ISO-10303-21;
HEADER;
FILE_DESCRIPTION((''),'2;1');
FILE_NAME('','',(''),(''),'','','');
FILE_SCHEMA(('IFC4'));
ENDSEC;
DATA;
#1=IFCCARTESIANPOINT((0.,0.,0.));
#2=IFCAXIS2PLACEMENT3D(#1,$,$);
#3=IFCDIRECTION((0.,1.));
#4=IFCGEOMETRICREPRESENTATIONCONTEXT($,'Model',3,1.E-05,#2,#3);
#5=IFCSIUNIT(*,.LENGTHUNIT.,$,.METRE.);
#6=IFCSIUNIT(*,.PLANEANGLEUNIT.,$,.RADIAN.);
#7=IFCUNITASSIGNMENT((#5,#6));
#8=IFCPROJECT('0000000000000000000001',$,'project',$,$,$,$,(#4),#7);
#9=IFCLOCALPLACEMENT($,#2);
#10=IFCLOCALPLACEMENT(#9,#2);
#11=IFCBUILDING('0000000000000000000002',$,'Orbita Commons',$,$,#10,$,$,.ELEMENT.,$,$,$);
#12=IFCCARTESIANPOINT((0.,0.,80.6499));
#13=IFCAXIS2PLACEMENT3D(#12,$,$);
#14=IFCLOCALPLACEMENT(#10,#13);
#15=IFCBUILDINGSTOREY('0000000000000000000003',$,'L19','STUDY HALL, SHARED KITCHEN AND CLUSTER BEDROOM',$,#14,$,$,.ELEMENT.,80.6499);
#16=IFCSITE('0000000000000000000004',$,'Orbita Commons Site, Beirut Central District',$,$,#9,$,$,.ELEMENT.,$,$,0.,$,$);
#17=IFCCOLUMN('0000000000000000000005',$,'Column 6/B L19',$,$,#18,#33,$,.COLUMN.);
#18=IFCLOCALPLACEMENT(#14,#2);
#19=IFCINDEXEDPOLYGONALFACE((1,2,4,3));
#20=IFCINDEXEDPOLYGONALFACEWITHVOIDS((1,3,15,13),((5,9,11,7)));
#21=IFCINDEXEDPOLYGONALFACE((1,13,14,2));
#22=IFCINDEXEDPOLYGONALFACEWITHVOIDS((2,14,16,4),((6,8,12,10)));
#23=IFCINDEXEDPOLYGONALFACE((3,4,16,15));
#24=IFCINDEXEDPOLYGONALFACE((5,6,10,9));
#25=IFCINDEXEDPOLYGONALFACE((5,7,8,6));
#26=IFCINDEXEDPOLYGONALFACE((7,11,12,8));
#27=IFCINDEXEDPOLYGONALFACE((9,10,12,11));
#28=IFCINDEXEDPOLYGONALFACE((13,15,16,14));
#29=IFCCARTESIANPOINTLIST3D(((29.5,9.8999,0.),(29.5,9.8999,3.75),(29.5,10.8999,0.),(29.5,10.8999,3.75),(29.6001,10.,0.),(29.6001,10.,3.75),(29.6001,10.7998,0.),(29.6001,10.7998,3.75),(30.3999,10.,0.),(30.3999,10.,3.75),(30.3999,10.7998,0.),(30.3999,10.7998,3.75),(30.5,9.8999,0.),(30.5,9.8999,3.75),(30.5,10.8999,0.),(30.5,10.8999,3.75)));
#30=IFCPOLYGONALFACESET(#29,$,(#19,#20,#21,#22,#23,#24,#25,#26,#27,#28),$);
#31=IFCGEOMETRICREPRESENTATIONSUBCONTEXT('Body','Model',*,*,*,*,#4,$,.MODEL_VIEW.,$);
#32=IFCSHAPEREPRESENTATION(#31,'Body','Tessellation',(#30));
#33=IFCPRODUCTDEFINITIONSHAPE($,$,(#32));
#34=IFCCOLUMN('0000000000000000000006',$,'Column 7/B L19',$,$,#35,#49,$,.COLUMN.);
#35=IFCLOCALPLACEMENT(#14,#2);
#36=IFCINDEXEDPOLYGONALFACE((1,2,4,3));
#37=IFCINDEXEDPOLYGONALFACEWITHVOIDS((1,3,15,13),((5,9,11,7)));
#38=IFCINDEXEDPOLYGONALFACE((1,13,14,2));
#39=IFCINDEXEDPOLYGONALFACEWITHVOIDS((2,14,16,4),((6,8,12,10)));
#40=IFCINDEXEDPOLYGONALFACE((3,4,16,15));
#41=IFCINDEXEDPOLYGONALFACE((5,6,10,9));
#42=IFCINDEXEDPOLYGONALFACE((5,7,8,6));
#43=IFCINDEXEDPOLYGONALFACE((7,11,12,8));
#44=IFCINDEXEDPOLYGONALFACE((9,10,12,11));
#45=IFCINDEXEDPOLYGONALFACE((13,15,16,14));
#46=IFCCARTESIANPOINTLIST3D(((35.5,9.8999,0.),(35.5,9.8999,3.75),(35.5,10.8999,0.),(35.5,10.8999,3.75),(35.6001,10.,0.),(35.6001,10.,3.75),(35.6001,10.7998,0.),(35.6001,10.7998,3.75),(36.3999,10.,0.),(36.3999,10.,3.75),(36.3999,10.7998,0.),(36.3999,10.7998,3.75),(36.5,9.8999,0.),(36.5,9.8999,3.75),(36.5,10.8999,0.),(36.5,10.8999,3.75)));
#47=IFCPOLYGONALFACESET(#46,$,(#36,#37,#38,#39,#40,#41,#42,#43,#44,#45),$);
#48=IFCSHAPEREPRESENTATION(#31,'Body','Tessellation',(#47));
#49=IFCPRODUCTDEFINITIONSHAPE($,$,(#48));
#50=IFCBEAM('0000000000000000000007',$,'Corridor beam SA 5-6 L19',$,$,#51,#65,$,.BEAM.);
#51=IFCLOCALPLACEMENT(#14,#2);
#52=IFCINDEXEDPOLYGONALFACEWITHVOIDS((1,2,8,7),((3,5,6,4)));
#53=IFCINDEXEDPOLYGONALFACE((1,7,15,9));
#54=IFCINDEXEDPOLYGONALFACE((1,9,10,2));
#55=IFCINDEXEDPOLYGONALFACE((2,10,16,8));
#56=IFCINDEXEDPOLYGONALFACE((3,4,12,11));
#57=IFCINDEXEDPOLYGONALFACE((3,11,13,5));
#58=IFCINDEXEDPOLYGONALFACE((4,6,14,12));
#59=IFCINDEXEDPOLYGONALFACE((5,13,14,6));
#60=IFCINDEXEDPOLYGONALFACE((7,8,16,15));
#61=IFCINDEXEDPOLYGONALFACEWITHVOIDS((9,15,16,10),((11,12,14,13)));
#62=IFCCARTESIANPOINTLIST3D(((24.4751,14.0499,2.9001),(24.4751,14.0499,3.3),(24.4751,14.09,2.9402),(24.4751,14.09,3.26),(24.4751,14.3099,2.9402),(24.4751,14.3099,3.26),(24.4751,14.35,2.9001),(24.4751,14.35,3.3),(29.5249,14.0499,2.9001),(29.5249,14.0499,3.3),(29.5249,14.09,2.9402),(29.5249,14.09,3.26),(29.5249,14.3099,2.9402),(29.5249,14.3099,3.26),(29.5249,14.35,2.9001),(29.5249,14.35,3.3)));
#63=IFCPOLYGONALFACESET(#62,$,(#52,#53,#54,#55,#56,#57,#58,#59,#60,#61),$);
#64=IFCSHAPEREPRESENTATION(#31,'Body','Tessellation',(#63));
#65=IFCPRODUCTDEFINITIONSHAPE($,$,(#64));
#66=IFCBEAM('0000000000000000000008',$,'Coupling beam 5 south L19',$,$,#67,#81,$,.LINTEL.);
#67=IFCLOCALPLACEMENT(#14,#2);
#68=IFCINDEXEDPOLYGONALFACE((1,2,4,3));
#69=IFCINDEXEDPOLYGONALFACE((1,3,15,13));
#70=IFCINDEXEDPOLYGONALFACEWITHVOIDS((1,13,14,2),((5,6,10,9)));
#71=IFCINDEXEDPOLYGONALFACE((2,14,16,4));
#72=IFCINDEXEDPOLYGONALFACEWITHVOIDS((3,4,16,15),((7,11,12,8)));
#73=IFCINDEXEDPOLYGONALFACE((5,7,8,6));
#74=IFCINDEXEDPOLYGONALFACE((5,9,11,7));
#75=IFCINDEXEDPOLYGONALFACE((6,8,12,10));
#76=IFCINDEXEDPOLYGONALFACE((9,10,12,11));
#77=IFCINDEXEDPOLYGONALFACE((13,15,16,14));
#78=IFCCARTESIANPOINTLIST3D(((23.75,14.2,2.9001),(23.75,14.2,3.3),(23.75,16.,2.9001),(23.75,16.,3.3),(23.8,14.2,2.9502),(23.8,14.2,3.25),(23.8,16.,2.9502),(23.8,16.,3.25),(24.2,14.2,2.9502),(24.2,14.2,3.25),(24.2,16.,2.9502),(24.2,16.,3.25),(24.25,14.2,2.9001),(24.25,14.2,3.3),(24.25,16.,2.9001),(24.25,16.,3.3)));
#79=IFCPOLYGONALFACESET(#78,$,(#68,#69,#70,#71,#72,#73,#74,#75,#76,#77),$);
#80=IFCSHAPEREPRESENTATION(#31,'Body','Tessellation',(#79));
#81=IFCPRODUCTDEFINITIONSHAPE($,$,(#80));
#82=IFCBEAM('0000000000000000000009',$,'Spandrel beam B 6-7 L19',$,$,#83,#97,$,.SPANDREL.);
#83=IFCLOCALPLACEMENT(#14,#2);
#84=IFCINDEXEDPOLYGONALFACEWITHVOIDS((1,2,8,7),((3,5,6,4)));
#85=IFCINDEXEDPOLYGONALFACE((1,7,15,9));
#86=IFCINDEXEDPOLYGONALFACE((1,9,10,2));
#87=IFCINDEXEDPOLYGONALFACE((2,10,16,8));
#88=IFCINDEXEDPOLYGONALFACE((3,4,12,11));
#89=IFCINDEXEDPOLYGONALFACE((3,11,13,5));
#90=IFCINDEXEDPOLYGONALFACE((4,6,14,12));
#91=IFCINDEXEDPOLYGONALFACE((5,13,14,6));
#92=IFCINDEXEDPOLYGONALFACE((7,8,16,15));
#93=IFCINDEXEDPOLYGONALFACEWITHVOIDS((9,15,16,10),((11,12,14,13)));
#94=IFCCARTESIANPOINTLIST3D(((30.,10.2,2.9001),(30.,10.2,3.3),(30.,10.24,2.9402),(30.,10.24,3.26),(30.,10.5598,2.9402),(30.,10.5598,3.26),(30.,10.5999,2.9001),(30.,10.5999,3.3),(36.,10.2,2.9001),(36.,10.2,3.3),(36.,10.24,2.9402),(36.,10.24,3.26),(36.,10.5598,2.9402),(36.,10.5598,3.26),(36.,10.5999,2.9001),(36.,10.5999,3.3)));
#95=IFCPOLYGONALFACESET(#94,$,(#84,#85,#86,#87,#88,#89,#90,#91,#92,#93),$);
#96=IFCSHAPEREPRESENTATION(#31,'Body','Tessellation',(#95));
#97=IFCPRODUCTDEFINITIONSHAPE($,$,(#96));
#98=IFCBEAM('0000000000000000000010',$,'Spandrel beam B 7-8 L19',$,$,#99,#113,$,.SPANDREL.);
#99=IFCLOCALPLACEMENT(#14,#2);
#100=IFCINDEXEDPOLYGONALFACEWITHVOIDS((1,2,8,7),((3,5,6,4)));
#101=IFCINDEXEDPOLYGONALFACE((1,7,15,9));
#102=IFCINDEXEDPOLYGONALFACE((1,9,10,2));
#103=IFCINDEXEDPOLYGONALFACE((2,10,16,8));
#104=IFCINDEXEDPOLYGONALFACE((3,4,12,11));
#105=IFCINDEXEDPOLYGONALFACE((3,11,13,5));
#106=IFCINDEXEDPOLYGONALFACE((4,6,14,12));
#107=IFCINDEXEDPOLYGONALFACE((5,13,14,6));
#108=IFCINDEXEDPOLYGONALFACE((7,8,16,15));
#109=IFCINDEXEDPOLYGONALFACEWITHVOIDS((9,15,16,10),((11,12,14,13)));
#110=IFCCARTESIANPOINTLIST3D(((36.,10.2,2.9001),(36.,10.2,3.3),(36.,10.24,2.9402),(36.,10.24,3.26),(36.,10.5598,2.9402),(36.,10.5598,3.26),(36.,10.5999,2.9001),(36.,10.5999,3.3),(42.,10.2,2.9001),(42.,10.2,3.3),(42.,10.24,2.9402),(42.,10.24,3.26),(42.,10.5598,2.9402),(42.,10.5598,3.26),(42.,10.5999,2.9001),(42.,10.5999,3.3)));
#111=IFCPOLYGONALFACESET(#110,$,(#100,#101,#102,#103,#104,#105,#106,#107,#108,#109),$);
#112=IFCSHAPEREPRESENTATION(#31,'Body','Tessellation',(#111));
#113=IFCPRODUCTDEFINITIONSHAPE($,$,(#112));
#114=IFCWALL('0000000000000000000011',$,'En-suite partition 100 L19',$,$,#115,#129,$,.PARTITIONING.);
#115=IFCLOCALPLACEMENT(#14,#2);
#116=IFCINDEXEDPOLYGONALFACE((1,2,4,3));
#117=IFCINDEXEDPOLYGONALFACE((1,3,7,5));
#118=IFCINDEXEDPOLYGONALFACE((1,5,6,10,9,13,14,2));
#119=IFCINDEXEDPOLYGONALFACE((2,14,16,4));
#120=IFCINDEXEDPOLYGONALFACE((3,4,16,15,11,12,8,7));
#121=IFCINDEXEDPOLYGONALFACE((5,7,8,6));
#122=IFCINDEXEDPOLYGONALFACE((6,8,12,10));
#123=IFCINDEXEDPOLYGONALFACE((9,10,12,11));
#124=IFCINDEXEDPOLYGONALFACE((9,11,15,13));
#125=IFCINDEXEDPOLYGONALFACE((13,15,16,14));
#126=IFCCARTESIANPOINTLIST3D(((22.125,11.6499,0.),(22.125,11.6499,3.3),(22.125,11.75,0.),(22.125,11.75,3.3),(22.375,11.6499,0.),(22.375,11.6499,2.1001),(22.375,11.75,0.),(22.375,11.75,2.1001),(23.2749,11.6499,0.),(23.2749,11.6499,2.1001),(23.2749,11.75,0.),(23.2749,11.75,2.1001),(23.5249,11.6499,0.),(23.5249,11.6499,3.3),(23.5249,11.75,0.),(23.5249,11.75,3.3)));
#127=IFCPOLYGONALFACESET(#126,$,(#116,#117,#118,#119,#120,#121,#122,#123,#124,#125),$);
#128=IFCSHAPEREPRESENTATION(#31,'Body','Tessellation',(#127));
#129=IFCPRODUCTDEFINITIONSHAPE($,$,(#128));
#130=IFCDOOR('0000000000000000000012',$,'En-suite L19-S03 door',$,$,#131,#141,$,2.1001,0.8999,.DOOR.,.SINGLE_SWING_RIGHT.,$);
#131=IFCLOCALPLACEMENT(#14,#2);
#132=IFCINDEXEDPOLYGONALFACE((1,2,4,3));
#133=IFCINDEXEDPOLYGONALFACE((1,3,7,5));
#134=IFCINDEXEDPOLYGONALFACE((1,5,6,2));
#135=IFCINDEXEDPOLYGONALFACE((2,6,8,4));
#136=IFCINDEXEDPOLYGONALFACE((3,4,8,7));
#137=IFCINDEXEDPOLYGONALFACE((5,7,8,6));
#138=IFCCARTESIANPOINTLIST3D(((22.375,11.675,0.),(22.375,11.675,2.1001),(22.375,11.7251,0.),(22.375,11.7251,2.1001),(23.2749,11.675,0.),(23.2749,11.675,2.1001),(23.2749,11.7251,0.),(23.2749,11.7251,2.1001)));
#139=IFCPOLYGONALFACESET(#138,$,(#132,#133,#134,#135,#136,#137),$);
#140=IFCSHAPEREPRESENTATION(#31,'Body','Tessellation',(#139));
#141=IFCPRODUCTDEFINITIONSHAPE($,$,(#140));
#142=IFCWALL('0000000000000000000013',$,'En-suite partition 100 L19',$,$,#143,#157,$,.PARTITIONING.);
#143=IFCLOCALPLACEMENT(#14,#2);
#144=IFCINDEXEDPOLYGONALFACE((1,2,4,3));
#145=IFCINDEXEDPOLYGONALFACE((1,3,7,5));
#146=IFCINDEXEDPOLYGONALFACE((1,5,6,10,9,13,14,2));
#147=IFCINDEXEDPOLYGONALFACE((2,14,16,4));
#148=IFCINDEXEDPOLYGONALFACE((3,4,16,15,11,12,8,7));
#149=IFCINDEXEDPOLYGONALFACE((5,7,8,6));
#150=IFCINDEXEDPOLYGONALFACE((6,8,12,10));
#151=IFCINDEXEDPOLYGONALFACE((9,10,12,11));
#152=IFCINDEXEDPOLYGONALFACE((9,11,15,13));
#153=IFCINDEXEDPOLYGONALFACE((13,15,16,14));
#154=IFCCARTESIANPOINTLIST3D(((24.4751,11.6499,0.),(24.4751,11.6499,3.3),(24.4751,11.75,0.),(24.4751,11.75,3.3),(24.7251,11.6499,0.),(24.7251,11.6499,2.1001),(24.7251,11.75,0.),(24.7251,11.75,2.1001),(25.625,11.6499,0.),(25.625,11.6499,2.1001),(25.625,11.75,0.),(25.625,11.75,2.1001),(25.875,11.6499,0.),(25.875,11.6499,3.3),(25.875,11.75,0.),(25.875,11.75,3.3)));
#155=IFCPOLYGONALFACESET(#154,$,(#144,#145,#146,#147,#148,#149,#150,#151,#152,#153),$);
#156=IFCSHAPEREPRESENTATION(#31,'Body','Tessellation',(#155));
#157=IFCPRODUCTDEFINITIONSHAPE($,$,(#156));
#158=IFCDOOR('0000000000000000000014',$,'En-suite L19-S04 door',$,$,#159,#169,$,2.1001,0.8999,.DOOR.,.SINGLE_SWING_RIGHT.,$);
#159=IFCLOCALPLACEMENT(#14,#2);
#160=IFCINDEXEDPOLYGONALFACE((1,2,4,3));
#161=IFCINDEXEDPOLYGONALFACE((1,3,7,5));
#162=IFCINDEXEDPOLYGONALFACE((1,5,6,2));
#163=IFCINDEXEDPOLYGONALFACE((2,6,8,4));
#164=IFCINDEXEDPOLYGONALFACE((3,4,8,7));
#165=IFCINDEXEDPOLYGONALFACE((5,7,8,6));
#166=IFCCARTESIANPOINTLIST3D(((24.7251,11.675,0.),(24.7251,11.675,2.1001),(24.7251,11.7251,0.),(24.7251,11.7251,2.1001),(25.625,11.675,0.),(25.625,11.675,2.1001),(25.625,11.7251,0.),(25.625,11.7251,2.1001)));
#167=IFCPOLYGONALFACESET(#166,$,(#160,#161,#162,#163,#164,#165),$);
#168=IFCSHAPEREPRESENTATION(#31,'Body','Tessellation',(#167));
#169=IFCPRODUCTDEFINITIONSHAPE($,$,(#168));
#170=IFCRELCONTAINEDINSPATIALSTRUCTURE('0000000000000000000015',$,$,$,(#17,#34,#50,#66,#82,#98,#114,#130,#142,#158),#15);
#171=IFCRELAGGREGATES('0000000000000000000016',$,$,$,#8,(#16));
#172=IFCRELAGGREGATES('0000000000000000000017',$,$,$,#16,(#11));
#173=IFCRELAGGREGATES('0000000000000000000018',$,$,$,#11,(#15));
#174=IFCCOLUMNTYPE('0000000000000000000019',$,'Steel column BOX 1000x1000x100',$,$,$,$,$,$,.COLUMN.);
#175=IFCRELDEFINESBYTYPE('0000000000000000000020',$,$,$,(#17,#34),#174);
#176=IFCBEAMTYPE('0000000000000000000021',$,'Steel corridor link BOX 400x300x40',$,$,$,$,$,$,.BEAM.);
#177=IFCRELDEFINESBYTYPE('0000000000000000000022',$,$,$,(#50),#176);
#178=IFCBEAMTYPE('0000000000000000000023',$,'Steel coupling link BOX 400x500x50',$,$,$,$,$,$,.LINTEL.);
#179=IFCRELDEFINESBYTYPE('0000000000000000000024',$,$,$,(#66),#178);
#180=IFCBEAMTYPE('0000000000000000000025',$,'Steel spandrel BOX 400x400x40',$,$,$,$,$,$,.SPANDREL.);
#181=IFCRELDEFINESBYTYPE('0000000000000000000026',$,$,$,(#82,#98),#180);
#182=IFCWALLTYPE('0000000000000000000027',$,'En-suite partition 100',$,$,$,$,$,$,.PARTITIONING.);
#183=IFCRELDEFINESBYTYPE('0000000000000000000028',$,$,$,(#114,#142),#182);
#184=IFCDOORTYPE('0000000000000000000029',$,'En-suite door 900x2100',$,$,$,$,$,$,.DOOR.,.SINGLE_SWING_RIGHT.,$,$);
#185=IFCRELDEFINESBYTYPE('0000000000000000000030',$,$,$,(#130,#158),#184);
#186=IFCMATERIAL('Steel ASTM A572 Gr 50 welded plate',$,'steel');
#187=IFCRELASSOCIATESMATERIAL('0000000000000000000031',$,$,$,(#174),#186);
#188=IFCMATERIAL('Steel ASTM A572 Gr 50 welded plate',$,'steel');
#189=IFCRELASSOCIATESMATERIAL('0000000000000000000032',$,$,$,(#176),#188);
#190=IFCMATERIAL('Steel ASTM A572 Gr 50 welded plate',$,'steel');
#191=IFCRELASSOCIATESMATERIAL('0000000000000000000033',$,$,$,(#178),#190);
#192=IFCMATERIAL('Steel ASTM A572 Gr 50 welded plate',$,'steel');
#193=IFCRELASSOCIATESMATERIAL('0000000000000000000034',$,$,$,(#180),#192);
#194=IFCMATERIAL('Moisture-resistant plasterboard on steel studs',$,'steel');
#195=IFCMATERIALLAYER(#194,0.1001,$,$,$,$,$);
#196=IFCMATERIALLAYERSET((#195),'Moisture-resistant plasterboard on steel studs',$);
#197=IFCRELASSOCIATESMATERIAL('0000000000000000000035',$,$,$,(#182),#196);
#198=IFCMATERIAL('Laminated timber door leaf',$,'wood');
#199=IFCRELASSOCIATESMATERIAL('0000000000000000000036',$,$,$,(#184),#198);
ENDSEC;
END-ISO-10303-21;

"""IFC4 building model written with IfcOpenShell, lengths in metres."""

from ifc_helpers import new_model, si_unit, direction, frame, frame_2d, origin, origin_2d, place, context, subcontext, project, spatial, rectangle, hollow_rectangle, extrude, material, layer, layer_set, material_profile, profile_set, type_object, element, fill, save


model = new_model("IFC4")

# Units and contexts
model_context = context("Model", 3, precision=1e-05, world=origin(), true_north=direction((0.0, 1.0)))
body_context = subcontext(model_context, "Body", "Model", "MODEL_VIEW")
ifc_project = project(units=[si_unit("LENGTHUNIT", "METRE"), si_unit("PLANEANGLEUNIT", "RADIAN")], contexts=[model_context])

# Site, building, storey
site_placement = place(None, origin())
site = spatial("IfcSite", under=ifc_project, at=site_placement, Name="Orbita Commons Site, Beirut Central District", CompositionType="ELEMENT", RefElevation=0.0)
building_placement = place(site_placement, origin())
building = spatial("IfcBuilding", under=site, at=building_placement, Name="Orbita Commons", CompositionType="ELEMENT")
storey_placement = place(building_placement, frame((0.0, 0.0, 80.6499)))
storey = spatial("IfcBuildingStorey", under=building, at=storey_placement, Name="L19", Description="STUDY HALL, SHARED KITCHEN AND CLUSTER BEDROOM", CompositionType="ELEMENT", Elevation=80.6499)

# Columns
ifc_material_1 = material(Name="Steel ASTM A572 Gr 50 welded plate", Category="steel")
ifc_material_profile_1 = material_profile(ifc_material_1, hollow_rectangle(XDim=1.0, YDim=1.0, WallThickness=0.1001, at=origin_2d()), Name="BOX 1000x1000x100")
ifc_profile_set_1 = profile_set([ifc_material_profile_1], Name="Steel ASTM A572 Gr 50 welded plate")
column_type = type_object("IfcColumnType", Name="Steel column BOX 1000x1000x100", PredefinedType="COLUMN", material=ifc_profile_set_1)
for number, where, z_axis, x_axis, name in (
    (1, (30.0, 10.3999, 0.0), (0.0, 0.0, 1.0), (1.0, 0.0, 0.0), "Column 6/B L19"),
    (2, (36.0, 10.3999, 0.0), (0.0, 0.0, 1.0), (1.0, 0.0, 0.0), "Column 7/B L19"),
):
    element("IfcColumn", number, at=place(storey_placement, frame(where, z_axis=z_axis, x_axis=x_axis)), inside=storey, type_object=column_type, Name=name, PredefinedType="COLUMN", context=body_context, shape_type="SweptSolid", body=[
        extrude(hollow_rectangle(XDim=1.0, YDim=1.0, WallThickness=0.1001, at=origin_2d()), origin(), (0.0, 0.0, 1.0), 3.75),
    ])

# Beams
ifc_material_2 = material(Name="Steel ASTM A572 Gr 50 welded plate", Category="steel")
ifc_material_profile_2 = material_profile(ifc_material_2, hollow_rectangle(XDim=0.3, YDim=0.3999, WallThickness=0.04, at=origin_2d()), Name="BOX 400x300x40")
ifc_profile_set_2 = profile_set([ifc_material_profile_2], Name="Steel ASTM A572 Gr 50 welded plate")
beam_type_1 = type_object("IfcBeamType", Name="Steel corridor link BOX 400x300x40", PredefinedType="BEAM", material=ifc_profile_set_2)
beam_1_placement = place(storey_placement, frame((24.4751, 14.2, 3.1001), z_axis=(1.0, 0.0, 0.0), x_axis=(0.0, 1.0, 0.0)))
element("IfcBeam", 3, at=beam_1_placement, inside=storey, type_object=beam_type_1, Name="Corridor beam SA 5-6 L19", PredefinedType="BEAM", context=body_context, shape_type="SweptSolid", body=[
    extrude(hollow_rectangle(XDim=0.3, YDim=0.3999, WallThickness=0.04, at=origin_2d()), origin(), (0.0, 0.0, 1.0), 5.0498),
])
ifc_material_3 = material(Name="Steel ASTM A572 Gr 50 welded plate", Category="steel")
ifc_material_profile_3 = material_profile(ifc_material_3, hollow_rectangle(XDim=0.5, YDim=0.3999, WallThickness=0.05, at=origin_2d()), Name="BOX 400x500x50")
ifc_profile_set_3 = profile_set([ifc_material_profile_3], Name="Steel ASTM A572 Gr 50 welded plate")
beam_type_2 = type_object("IfcBeamType", Name="Steel coupling link BOX 400x500x50", PredefinedType="LINTEL", material=ifc_profile_set_3)
beam_2_placement = place(storey_placement, frame((24.0, 14.2, 3.1001), z_axis=(0.0, 1.0, 0.0), x_axis=(-1.0, 0.0, 0.0)))
element("IfcBeam", 4, at=beam_2_placement, inside=storey, type_object=beam_type_2, Name="Coupling beam 5 south L19", PredefinedType="LINTEL", context=body_context, shape_type="SweptSolid", body=[
    extrude(hollow_rectangle(XDim=0.5, YDim=0.3999, WallThickness=0.05, at=origin_2d()), origin(), (0.0, 0.0, 1.0), 1.8),
])
ifc_material_4 = material(Name="Steel ASTM A572 Gr 50 welded plate", Category="steel")
ifc_material_profile_4 = material_profile(ifc_material_4, hollow_rectangle(XDim=0.3999, YDim=0.3999, WallThickness=0.04, at=origin_2d()), Name="BOX 400x400x40")
ifc_profile_set_4 = profile_set([ifc_material_profile_4], Name="Steel ASTM A572 Gr 50 welded plate")
beam_type_3 = type_object("IfcBeamType", Name="Steel spandrel BOX 400x400x40", PredefinedType="SPANDREL", material=ifc_profile_set_4)
for number, where, z_axis, x_axis, name in (
    (5, (30.0, 10.3999, 3.1001), (1.0, 0.0, 0.0), (0.0, 1.0, 0.0), "Spandrel beam B 6-7 L19"),
    (6, (36.0, 10.3999, 3.1001), (1.0, 0.0, 0.0), (0.0, 1.0, 0.0), "Spandrel beam B 7-8 L19"),
):
    element("IfcBeam", number, at=place(storey_placement, frame(where, z_axis=z_axis, x_axis=x_axis)), inside=storey, type_object=beam_type_3, Name=name, PredefinedType="SPANDREL", context=body_context, shape_type="SweptSolid", body=[
        extrude(hollow_rectangle(XDim=0.3999, YDim=0.3999, WallThickness=0.04, at=origin_2d()), origin(), (0.0, 0.0, 1.0), 6.0),
    ])

# Walls, openings, doors
ifc_material_5 = material(Name="Moisture-resistant plasterboard on steel studs", Category="steel")
ifc_layer = layer(ifc_material_5, 0.1001)
ifc_layer_set = layer_set([ifc_layer], Name="Moisture-resistant plasterboard on steel studs")
wall_type = type_object("IfcWallType", Name="En-suite partition 100", PredefinedType="PARTITIONING", material=ifc_layer_set)
wall_1_placement = place(storey_placement, frame((23.5249, 11.7, 0.0), z_axis=(0.0, 0.0, 1.0), x_axis=(-1.0, 0.0, 0.0)))
wall_1 = element("IfcWall", 7, at=wall_1_placement, inside=storey, type_object=wall_type, Name="En-suite partition 100 L19", PredefinedType="PARTITIONING", context=body_context, shape_type="SweptSolid", body=[
    extrude(rectangle(XDim=1.3999, YDim=0.1001, at=frame_2d((0.7, 0.0))), origin(), (0.0, 0.0, 1.0), 3.3),
])
opening_1_placement = place(wall_1_placement, frame((0.25, 0.0, 0.0)))
opening_1 = element("IfcOpeningElement", 8, at=opening_1_placement, cuts=wall_1, PredefinedType="OPENING", context=body_context, shape_type="SweptSolid", body=[
    extrude(rectangle(XDim=0.8999, YDim=2.1001, at=frame_2d((0.45, 1.05))), frame((0.0, 0.0601, 0.0), z_axis=(0.0, -1.0, 0.0), x_axis=(1.0, 0.0, 0.0)), (0.0, 0.0, 1.0), 0.1201),
])
ifc_material_6 = material(Name="Laminated timber door leaf", Category="wood")
door_type = type_object("IfcDoorType", Name="En-suite door 900x2100", OperationType="SINGLE_SWING_RIGHT", PredefinedType="DOOR", material=ifc_material_6)
door_1_placement = place(opening_1_placement, origin())
door_1 = element("IfcDoor", 9, at=door_1_placement, inside=storey, type_object=door_type, Name="En-suite L19-S03 door", OperationType="SINGLE_SWING_RIGHT", OverallHeight=2.1001, OverallWidth=0.8999, PredefinedType="DOOR", context=body_context, shape_type="SweptSolid", body=[
    extrude(rectangle(XDim=0.8999, YDim=2.1001, at=frame_2d((0.45, 1.05))), frame((0.0, 0.0249, 0.0), z_axis=(0.0, -1.0, 0.0), x_axis=(1.0, 0.0, 0.0)), (0.0, 0.0, 1.0), 0.05),
])
fill(opening_1, door_1)
wall_2_placement = place(storey_placement, frame((25.875, 11.7, 0.0), z_axis=(0.0, 0.0, 1.0), x_axis=(-1.0, 0.0, 0.0)))
wall_2 = element("IfcWall", 10, at=wall_2_placement, inside=storey, type_object=wall_type, Name="En-suite partition 100 L19", PredefinedType="PARTITIONING", context=body_context, shape_type="SweptSolid", body=[
    extrude(rectangle(XDim=1.3999, YDim=0.1001, at=frame_2d((0.7, 0.0))), origin(), (0.0, 0.0, 1.0), 3.3),
])
opening_2_placement = place(wall_2_placement, frame((0.25, 0.0, 0.0)))
opening_2 = element("IfcOpeningElement", 11, at=opening_2_placement, cuts=wall_2, PredefinedType="OPENING", context=body_context, shape_type="SweptSolid", body=[
    extrude(rectangle(XDim=0.8999, YDim=2.1001, at=frame_2d((0.45, 1.05))), frame((0.0, 0.0601, 0.0), z_axis=(0.0, -1.0, 0.0), x_axis=(1.0, 0.0, 0.0)), (0.0, 0.0, 1.0), 0.1201),
])
door_2_placement = place(opening_2_placement, origin())
door_2 = element("IfcDoor", 12, at=door_2_placement, inside=storey, type_object=door_type, Name="En-suite L19-S04 door", OperationType="SINGLE_SWING_RIGHT", OverallHeight=2.1001, OverallWidth=0.8999, PredefinedType="DOOR", context=body_context, shape_type="SweptSolid", body=[
    extrude(rectangle(XDim=0.8999, YDim=2.1001, at=frame_2d((0.45, 1.05))), frame((0.0, 0.0249, 0.0), z_axis=(0.0, -1.0, 0.0), x_axis=(1.0, 0.0, 0.0)), (0.0, 0.0, 1.0), 0.05),
])
fill(opening_2, door_2)

save(model, "model.ifc")
